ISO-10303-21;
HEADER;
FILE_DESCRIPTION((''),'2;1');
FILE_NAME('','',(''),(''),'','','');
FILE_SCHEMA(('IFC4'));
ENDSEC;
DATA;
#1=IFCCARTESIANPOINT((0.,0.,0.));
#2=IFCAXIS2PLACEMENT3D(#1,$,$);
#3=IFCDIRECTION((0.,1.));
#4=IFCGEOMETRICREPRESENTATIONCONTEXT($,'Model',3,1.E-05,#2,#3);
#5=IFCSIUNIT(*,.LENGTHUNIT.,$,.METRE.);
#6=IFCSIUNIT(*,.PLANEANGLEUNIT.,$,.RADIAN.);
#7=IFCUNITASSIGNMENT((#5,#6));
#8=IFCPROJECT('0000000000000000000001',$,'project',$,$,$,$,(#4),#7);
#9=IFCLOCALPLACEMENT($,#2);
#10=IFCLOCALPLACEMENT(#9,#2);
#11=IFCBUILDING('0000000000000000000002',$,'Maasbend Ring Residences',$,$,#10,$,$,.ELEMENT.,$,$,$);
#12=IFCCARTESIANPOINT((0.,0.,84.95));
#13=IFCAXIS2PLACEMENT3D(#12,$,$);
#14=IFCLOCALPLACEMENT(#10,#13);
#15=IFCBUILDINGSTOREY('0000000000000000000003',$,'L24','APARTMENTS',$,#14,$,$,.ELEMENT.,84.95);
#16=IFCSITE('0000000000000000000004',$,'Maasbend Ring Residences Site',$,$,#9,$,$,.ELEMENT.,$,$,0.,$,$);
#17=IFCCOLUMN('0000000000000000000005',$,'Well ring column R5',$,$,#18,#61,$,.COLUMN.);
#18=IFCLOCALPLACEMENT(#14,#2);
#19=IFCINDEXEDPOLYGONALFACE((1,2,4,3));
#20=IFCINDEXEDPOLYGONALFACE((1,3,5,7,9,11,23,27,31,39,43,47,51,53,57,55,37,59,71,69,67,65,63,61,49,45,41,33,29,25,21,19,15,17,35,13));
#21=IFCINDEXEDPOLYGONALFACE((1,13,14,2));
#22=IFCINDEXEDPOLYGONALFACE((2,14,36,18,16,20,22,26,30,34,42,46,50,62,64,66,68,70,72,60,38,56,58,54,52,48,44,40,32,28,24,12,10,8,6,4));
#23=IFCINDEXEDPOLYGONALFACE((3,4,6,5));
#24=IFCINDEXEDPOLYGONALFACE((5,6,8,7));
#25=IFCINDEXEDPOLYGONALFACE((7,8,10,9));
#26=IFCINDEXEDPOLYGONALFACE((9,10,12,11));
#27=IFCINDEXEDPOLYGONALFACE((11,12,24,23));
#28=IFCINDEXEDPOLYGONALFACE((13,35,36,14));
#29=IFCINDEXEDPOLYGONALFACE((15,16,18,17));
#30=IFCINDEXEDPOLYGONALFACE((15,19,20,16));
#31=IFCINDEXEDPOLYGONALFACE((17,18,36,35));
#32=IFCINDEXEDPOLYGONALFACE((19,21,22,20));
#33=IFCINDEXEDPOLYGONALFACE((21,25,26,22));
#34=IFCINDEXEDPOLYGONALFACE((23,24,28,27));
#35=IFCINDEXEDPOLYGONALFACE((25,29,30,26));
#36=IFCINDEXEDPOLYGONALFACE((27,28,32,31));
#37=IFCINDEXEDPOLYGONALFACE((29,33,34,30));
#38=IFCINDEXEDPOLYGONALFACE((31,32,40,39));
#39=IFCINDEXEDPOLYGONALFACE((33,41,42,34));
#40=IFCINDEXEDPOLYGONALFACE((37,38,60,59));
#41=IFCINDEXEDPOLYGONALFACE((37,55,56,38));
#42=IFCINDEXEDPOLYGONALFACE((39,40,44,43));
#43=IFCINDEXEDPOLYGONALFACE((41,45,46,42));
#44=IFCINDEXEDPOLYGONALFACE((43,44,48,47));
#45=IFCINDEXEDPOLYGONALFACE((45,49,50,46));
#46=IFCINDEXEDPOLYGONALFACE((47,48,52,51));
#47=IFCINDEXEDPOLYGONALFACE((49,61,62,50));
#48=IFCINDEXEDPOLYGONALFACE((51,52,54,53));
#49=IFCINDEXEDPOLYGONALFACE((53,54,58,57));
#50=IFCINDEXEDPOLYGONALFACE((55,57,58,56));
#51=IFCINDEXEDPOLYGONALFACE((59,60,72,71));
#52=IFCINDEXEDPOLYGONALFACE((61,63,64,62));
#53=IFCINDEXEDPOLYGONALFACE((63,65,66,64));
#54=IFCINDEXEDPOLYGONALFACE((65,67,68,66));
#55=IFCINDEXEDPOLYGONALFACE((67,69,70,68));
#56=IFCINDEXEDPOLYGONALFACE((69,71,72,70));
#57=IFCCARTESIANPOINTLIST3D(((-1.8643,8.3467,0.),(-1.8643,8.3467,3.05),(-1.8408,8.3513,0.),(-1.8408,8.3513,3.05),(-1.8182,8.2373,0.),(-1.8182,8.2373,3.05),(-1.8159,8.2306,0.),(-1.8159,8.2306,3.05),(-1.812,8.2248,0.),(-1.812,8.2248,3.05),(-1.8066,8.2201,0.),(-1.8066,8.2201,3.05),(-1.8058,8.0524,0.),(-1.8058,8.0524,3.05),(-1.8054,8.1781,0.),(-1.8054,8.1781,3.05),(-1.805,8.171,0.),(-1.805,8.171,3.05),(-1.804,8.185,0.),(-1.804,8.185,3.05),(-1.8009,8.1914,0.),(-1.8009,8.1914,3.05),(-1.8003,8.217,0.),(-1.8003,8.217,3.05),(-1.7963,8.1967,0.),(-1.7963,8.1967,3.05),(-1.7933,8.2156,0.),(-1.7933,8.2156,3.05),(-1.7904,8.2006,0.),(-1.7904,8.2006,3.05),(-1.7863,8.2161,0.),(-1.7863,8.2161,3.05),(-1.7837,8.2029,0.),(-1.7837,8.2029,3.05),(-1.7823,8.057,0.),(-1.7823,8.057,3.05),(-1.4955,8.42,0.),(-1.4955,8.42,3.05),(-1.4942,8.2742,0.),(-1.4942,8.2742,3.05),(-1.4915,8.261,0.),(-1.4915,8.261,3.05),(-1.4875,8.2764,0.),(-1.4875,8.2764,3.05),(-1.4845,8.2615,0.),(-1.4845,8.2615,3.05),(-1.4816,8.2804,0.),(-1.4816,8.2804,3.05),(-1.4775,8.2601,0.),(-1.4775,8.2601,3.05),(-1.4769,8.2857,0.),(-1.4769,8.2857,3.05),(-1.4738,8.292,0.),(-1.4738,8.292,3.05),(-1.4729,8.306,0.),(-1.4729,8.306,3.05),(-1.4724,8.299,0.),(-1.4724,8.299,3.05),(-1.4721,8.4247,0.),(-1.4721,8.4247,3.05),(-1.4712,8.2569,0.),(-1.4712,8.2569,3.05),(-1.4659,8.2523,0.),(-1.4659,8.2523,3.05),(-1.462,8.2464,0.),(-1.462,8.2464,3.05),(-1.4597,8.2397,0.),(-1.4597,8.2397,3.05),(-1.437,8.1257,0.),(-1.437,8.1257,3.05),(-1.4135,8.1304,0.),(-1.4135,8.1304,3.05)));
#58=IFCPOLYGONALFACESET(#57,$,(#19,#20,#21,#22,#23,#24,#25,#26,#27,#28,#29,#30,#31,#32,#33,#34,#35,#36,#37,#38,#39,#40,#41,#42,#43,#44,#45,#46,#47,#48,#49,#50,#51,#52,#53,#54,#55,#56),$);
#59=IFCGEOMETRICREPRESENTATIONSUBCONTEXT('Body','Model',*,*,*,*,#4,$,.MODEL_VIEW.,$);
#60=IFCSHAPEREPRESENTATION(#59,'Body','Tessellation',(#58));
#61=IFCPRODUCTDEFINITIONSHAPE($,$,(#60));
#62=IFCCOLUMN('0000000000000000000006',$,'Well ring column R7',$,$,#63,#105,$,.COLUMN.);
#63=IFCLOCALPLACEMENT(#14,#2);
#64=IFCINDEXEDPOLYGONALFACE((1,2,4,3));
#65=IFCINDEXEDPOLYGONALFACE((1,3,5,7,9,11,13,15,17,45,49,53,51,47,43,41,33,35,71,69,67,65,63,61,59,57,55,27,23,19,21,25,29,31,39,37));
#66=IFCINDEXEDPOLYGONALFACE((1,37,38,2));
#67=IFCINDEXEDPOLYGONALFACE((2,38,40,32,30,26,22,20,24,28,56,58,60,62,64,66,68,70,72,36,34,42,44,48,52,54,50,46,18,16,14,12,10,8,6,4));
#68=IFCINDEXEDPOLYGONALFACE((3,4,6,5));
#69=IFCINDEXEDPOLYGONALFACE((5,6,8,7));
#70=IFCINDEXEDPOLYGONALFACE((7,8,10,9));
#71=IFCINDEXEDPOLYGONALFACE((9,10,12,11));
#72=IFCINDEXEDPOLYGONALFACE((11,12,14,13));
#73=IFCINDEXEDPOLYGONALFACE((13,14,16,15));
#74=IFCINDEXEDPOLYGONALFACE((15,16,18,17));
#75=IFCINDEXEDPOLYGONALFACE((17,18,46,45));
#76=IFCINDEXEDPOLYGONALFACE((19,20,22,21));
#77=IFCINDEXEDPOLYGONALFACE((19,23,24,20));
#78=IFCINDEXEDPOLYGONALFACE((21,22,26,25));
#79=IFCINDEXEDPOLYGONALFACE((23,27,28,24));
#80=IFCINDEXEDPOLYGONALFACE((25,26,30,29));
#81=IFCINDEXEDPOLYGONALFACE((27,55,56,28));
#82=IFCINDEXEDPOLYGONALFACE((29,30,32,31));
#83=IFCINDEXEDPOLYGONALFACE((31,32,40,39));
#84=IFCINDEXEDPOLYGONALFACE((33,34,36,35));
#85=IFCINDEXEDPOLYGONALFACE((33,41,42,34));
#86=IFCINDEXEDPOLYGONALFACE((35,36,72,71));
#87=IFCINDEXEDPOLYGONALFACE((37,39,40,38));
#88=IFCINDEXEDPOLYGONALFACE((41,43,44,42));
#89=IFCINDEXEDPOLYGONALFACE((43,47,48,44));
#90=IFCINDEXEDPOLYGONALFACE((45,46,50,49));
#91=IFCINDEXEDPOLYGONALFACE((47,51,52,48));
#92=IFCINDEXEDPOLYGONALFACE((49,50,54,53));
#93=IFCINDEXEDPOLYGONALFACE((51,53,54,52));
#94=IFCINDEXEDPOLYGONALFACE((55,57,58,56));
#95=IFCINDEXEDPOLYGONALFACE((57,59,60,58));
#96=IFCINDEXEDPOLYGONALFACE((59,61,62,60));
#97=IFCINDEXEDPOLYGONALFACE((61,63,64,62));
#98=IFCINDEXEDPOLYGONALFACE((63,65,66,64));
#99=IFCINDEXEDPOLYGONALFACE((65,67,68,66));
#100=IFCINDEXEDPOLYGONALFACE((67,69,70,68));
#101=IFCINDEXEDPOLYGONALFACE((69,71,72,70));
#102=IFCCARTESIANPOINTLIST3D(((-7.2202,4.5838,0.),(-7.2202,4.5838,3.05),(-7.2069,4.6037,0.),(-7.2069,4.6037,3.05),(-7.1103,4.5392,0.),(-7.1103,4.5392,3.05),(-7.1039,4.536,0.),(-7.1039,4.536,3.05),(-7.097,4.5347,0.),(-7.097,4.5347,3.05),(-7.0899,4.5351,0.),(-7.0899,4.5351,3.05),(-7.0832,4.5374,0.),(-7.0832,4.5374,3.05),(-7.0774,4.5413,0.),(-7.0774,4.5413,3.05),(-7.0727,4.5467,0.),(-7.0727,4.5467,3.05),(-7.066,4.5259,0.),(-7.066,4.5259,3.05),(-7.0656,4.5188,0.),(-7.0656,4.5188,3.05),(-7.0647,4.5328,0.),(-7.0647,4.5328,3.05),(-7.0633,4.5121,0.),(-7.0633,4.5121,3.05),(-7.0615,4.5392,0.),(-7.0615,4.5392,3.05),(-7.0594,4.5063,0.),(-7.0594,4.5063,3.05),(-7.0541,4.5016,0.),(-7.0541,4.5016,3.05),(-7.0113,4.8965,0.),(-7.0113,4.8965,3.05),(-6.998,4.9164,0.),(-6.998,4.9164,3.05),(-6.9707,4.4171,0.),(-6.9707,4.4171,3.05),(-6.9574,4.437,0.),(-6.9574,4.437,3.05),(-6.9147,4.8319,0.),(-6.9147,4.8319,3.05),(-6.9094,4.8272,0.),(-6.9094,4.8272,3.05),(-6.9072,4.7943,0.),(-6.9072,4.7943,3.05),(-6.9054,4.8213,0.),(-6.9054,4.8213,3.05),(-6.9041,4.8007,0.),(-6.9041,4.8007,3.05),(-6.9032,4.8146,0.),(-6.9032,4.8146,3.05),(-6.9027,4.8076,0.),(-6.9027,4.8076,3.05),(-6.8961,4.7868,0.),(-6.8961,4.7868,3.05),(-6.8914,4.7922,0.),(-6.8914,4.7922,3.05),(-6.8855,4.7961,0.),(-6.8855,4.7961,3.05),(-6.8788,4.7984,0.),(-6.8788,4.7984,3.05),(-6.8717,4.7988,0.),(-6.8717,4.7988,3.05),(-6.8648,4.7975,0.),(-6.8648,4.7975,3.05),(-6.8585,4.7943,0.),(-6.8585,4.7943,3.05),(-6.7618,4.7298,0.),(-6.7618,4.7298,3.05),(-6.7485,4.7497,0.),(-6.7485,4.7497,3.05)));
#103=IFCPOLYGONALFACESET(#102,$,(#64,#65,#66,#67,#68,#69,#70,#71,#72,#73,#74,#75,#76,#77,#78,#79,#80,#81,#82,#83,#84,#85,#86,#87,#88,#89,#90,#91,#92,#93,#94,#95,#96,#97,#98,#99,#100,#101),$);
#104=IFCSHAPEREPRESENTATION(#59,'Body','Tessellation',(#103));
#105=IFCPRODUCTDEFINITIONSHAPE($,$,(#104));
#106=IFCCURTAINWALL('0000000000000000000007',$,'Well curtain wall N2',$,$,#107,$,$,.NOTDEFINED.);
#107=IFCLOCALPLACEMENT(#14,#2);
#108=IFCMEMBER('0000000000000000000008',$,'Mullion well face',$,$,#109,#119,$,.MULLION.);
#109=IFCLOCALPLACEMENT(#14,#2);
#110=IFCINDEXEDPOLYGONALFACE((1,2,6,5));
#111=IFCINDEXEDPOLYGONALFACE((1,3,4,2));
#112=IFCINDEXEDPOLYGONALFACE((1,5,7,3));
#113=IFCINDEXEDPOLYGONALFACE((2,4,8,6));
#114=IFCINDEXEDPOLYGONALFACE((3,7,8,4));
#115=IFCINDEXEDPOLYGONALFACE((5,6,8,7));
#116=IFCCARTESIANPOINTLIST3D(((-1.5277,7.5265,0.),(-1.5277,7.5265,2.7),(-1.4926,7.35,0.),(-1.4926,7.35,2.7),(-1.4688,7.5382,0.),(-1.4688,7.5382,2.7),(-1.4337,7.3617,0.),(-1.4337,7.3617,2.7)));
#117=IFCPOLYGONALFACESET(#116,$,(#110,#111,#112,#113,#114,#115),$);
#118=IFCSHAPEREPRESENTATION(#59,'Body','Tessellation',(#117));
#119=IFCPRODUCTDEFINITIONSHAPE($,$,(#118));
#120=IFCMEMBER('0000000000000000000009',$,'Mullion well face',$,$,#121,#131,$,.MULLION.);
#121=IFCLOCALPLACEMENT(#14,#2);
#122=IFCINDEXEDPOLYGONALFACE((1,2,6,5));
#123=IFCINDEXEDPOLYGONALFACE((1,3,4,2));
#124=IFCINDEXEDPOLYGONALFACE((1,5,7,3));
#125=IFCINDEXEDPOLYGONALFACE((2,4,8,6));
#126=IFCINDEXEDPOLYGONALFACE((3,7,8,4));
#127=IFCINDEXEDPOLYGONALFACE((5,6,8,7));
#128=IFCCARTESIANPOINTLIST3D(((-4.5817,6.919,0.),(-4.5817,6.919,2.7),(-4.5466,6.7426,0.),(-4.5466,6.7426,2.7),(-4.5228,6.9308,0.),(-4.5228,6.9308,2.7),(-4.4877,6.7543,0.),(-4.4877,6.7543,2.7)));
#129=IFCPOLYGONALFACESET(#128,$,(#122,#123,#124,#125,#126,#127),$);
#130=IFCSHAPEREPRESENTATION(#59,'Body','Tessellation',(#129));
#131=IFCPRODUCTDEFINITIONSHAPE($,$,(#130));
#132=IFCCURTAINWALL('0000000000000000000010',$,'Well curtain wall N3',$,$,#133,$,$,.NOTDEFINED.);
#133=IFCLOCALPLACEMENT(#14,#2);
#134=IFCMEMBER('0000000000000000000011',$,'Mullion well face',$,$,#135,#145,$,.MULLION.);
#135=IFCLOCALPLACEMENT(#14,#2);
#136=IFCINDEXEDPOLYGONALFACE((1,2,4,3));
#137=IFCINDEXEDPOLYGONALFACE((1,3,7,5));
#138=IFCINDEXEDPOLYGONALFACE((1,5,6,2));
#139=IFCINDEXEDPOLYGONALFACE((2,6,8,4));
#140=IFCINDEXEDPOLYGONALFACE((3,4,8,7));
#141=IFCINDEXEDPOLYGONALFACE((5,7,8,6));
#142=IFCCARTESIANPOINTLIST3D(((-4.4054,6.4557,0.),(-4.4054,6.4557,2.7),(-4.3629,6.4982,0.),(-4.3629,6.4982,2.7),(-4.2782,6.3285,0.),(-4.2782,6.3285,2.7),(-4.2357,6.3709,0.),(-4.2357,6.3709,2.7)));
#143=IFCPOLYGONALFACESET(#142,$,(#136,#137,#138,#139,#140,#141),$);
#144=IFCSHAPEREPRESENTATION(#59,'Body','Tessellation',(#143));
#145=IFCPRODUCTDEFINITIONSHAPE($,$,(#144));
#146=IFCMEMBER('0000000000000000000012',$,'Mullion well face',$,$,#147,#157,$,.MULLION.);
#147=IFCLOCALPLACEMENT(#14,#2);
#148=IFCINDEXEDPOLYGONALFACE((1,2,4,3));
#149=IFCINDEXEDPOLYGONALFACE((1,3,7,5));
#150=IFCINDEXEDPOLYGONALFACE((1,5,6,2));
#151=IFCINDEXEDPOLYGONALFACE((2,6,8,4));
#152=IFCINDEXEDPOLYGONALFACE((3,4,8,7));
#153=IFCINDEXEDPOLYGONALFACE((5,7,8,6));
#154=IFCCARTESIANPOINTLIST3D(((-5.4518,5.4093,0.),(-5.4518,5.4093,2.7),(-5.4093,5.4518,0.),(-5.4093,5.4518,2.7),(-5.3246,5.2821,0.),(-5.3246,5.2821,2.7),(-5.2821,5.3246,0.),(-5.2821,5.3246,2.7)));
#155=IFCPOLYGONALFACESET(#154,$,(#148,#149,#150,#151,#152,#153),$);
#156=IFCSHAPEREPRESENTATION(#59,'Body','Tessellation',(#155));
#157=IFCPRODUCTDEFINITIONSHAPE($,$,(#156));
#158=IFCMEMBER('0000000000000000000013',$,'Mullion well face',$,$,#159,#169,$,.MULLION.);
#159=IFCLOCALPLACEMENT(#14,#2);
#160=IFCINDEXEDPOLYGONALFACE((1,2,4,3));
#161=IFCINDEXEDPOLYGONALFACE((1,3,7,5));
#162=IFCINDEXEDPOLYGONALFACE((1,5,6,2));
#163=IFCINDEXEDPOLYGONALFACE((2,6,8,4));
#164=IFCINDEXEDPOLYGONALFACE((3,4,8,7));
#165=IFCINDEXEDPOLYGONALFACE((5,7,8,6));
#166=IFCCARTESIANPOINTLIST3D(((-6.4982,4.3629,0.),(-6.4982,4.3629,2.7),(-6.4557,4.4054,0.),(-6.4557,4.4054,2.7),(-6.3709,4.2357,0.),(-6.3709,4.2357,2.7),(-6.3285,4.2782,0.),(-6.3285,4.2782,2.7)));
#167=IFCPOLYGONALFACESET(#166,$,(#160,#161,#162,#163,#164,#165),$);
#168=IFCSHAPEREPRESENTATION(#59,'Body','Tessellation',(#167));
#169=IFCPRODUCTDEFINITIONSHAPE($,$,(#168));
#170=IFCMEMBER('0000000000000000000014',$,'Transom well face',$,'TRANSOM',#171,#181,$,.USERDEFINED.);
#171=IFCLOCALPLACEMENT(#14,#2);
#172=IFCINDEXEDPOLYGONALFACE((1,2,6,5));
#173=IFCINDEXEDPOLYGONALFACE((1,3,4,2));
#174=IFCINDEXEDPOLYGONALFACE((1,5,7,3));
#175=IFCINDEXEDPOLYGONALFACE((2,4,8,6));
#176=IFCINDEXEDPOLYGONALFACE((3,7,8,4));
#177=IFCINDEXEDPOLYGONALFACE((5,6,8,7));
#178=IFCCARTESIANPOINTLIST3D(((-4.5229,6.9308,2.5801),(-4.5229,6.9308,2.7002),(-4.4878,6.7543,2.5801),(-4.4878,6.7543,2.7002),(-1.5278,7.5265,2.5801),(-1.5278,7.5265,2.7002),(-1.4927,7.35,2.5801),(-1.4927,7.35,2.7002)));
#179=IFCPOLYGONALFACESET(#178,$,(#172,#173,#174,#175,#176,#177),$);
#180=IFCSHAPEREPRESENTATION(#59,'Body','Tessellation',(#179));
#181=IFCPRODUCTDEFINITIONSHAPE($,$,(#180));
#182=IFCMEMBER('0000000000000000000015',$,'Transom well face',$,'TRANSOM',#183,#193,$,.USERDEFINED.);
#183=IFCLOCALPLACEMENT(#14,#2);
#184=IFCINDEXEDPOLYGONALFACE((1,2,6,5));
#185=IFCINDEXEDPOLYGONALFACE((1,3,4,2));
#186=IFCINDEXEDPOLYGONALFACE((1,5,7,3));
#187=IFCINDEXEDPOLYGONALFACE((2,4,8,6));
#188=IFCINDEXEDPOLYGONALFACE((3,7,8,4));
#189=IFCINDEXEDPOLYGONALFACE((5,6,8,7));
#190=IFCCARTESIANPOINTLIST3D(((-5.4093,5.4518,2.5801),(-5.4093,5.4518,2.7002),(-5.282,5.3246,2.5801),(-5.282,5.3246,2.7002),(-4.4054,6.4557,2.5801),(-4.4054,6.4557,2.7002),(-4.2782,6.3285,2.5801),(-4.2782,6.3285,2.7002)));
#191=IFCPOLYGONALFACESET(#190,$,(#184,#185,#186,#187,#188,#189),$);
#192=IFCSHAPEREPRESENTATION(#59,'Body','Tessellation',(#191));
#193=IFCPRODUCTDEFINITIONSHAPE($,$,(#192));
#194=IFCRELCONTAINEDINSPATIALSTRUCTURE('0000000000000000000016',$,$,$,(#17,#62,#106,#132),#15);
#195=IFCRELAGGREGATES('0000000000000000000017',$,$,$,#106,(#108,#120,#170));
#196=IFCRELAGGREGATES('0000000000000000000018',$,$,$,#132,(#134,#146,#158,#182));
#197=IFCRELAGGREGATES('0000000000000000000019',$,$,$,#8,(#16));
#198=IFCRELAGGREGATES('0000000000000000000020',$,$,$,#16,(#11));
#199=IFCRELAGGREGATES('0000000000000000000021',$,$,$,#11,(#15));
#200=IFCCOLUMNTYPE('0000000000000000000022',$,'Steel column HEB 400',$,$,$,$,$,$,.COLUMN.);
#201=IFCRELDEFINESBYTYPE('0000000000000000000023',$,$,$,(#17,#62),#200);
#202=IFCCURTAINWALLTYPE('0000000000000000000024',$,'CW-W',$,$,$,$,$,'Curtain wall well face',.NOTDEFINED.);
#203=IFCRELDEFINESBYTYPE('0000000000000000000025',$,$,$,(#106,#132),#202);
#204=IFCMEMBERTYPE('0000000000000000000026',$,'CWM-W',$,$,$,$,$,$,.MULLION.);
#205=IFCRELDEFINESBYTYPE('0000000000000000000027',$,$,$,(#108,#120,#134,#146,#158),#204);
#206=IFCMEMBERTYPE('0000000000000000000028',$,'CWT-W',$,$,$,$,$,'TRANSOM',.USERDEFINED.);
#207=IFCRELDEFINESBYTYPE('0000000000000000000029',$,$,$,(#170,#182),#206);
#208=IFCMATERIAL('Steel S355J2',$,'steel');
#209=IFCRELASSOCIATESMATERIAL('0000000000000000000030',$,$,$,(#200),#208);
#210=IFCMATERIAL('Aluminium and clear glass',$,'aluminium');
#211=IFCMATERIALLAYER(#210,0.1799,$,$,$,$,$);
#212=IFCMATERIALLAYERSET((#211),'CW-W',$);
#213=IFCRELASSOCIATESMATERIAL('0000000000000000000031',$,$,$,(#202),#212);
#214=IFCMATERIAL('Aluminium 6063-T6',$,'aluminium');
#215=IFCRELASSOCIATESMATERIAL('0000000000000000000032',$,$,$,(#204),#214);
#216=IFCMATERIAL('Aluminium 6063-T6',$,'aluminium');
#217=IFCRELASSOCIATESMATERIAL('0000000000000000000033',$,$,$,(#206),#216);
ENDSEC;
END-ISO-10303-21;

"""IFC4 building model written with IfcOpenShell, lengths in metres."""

from ifc_helpers import new_model, si_unit, direction, frame, origin, origin_2d, place, context, subcontext, project, spatial, rectangle, i_section, extrude, material, layer, layer_set, material_profile, profile_set, type_object, element, aggregate, save


model = new_model("IFC4")

# Units and contexts
model_context = context("Model", 3, precision=1e-05, world=origin(), true_north=direction((0.0, 1.0)))
body_context = subcontext(model_context, "Body", "Model", "MODEL_VIEW")
ifc_project = project(units=[si_unit("LENGTHUNIT", "METRE"), si_unit("PLANEANGLEUNIT", "RADIAN")], contexts=[model_context])

# Site, building, storey
site_placement = place(None, origin())
site = spatial("IfcSite", under=ifc_project, at=site_placement, Name="Maasbend Ring Residences Site", CompositionType="ELEMENT", RefElevation=0.0)
building_placement = place(site_placement, origin())
building = spatial("IfcBuilding", under=site, at=building_placement, Name="Maasbend Ring Residences", CompositionType="ELEMENT")
storey_placement = place(building_placement, frame((0.0, 0.0, 84.95)))
storey = spatial("IfcBuildingStorey", under=building, at=storey_placement, Name="L24", Description="APARTMENTS", CompositionType="ELEMENT", Elevation=84.95)

# Columns
ifc_material_1 = material(Name="Steel S355J2", Category="steel")
ifc_material_profile_1 = material_profile(ifc_material_1, i_section(OverallWidth=0.3, OverallDepth=0.3999, WebThickness=0.0134, FlangeThickness=0.0239, FilletRadius=0.0271, at=origin_2d()), Name="HEB 400")
ifc_profile_set_1 = profile_set([ifc_material_profile_1], Name="Steel S355J2")
column_type = type_object("IfcColumnType", Name="Steel column HEB 400", PredefinedType="COLUMN", material=ifc_profile_set_1)
for number, where, z_axis, x_axis, name in (
    (1, (-1.6389, 8.2385, 0.0), (0.0, 0.0, 1.0), (-0.19509, 0.980785, 0.0), "Well ring column R5"),
    (2, (-6.9844, 4.6667, 0.0), (0.0, 0.0, 1.0), (-0.83147, 0.55557, 0.0), "Well ring column R7"),
):
    element("IfcColumn", number, at=place(storey_placement, frame(where, z_axis=z_axis, x_axis=x_axis)), inside=storey, type_object=column_type, Name=name, PredefinedType="COLUMN", context=body_context, shape_type="SweptSolid", body=[
        extrude(i_section(OverallWidth=0.3, OverallDepth=0.3999, WebThickness=0.0134, FlangeThickness=0.0239, FilletRadius=0.0271, at=origin_2d()), origin(), (0.0, 0.0, 1.0), 3.05),
    ])

# Curtain walls, members
ifc_material_2 = material(Name="Aluminium and clear glass", Category="aluminium")
ifc_layer_1 = layer(ifc_material_2, 0.1799)
ifc_layer_set_1 = layer_set([ifc_layer_1], Name="CW-W")
curtain_wall_type = type_object("IfcCurtainWallType", Name="CW-W", ElementType="Curtain wall well face", PredefinedType="NOTDEFINED", material=ifc_layer_set_1)
curtain_wall_1_placement = place(storey_placement, origin())
curtain_wall_1 = element("IfcCurtainWall", 3, at=curtain_wall_1_placement, inside=storey, type_object=curtain_wall_type, Name="Well curtain wall N2", PredefinedType="NOTDEFINED")
ifc_material_3 = material(Name="Aluminium 6063-T6", Category="aluminium")
ifc_material_profile_2 = material_profile(ifc_material_3, rectangle(XDim=0.1799, YDim=0.0601, at=origin_2d()), Name="AL 180x60")
ifc_profile_set_2 = profile_set([ifc_material_profile_2], Name="Aluminium 6063-T6")
member_type_1 = type_object("IfcMemberType", Name="CWM-W", PredefinedType="MULLION", material=ifc_profile_set_2)
member_1_placement = place(storey_placement, frame((-1.4807, 7.4441, 0.0), z_axis=(0.0, 0.0, 1.0), x_axis=(0.19509, -0.980785, 0.0)))
member_1 = element("IfcMember", 4, at=member_1_placement, type_object=member_type_1, Name="Mullion well face", PredefinedType="MULLION", context=body_context, shape_type="SweptSolid", body=[
    extrude(rectangle(XDim=0.1799, YDim=0.0601, at=origin_2d()), origin(), (0.0, 0.0, 1.0), 2.7),
])
member_2_placement = place(storey_placement, frame((-4.5347, 6.8367, 0.0), z_axis=(0.0, 0.0, 1.0), x_axis=(0.19509, -0.980785, 0.0)))
member_2 = element("IfcMember", 5, at=member_2_placement, type_object=member_type_1, Name="Mullion well face", PredefinedType="MULLION", context=body_context, shape_type="SweptSolid", body=[
    extrude(rectangle(XDim=0.1799, YDim=0.0601, at=origin_2d()), origin(), (0.0, 0.0, 1.0), 2.7),
])
curtain_wall_2_placement = place(storey_placement, origin())
curtain_wall_2 = element("IfcCurtainWall", 6, at=curtain_wall_2_placement, inside=storey, type_object=curtain_wall_type, Name="Well curtain wall N3", PredefinedType="NOTDEFINED")
member_3_placement = place(storey_placement, frame((-4.3206, 6.4133, 0.0), z_axis=(0.0, 0.0, 1.0), x_axis=(0.707107, -0.707107, 0.0)))
member_3 = element("IfcMember", 7, at=member_3_placement, type_object=member_type_1, Name="Mullion well face", PredefinedType="MULLION", context=body_context, shape_type="SweptSolid", body=[
    extrude(rectangle(XDim=0.1799, YDim=0.0601, at=origin_2d()), origin(), (0.0, 0.0, 1.0), 2.7),
])
member_4_placement = place(storey_placement, frame((-5.3669, 5.3669, 0.0), z_axis=(0.0, 0.0, 1.0), x_axis=(0.707107, -0.707107, 0.0)))
member_4 = element("IfcMember", 8, at=member_4_placement, type_object=member_type_1, Name="Mullion well face", PredefinedType="MULLION", context=body_context, shape_type="SweptSolid", body=[
    extrude(rectangle(XDim=0.1799, YDim=0.0601, at=origin_2d()), origin(), (0.0, 0.0, 1.0), 2.7),
])
member_5_placement = place(storey_placement, frame((-6.4133, 4.3206, 0.0), z_axis=(0.0, 0.0, 1.0), x_axis=(0.707107, -0.707107, 0.0)))
member_5 = element("IfcMember", 9, at=member_5_placement, type_object=member_type_1, Name="Mullion well face", PredefinedType="MULLION", context=body_context, shape_type="SweptSolid", body=[
    extrude(rectangle(XDim=0.1799, YDim=0.0601, at=origin_2d()), origin(), (0.0, 0.0, 1.0), 2.7),
])

# Members
ifc_material_4 = material(Name="Aluminium 6063-T6", Category="aluminium")
ifc_material_profile_3 = material_profile(ifc_material_4, rectangle(XDim=0.1799, YDim=0.1201, at=origin_2d()), Name="AL 180x120")
ifc_profile_set_3 = profile_set([ifc_material_profile_3], Name="Aluminium 6063-T6")
member_type_2 = type_object("IfcMemberType", Name="CWT-W", ElementType="TRANSOM", PredefinedType="USERDEFINED", material=ifc_profile_set_3)
member_6_placement = place(storey_placement, frame((-1.5103, 7.4382, 2.6401), z_axis=(-0.980789, -0.195071, 0.0), x_axis=(0.195071, -0.980789, 0.0)))
member_6 = element("IfcMember", 10, at=member_6_placement, type_object=member_type_2, Name="Transom well face", ObjectType="TRANSOM", PredefinedType="USERDEFINED", context=body_context, shape_type="SweptSolid", body=[
    extrude(rectangle(XDim=0.1799, YDim=0.1201, at=origin_2d()), origin(), (0.0, 0.0, 1.0), 3.0537),
])
member_7_placement = place(storey_placement, frame((-4.3418, 6.3921, 2.6401), z_axis=(-0.707107, -0.707107, 0.0), x_axis=(0.707107, -0.707107, 0.0)))
member_7 = element("IfcMember", 11, at=member_7_placement, type_object=member_type_2, Name="Transom well face", ObjectType="TRANSOM", PredefinedType="USERDEFINED", context=body_context, shape_type="SweptSolid", body=[
    extrude(rectangle(XDim=0.1799, YDim=0.1201, at=origin_2d()), origin(), (0.0, 0.0, 1.0), 1.4197),
])

aggregate(curtain_wall_1, [member_1, member_2, member_6])
aggregate(curtain_wall_2, [member_3, member_4, member_5, member_7])

save(model, "model.ifc")
